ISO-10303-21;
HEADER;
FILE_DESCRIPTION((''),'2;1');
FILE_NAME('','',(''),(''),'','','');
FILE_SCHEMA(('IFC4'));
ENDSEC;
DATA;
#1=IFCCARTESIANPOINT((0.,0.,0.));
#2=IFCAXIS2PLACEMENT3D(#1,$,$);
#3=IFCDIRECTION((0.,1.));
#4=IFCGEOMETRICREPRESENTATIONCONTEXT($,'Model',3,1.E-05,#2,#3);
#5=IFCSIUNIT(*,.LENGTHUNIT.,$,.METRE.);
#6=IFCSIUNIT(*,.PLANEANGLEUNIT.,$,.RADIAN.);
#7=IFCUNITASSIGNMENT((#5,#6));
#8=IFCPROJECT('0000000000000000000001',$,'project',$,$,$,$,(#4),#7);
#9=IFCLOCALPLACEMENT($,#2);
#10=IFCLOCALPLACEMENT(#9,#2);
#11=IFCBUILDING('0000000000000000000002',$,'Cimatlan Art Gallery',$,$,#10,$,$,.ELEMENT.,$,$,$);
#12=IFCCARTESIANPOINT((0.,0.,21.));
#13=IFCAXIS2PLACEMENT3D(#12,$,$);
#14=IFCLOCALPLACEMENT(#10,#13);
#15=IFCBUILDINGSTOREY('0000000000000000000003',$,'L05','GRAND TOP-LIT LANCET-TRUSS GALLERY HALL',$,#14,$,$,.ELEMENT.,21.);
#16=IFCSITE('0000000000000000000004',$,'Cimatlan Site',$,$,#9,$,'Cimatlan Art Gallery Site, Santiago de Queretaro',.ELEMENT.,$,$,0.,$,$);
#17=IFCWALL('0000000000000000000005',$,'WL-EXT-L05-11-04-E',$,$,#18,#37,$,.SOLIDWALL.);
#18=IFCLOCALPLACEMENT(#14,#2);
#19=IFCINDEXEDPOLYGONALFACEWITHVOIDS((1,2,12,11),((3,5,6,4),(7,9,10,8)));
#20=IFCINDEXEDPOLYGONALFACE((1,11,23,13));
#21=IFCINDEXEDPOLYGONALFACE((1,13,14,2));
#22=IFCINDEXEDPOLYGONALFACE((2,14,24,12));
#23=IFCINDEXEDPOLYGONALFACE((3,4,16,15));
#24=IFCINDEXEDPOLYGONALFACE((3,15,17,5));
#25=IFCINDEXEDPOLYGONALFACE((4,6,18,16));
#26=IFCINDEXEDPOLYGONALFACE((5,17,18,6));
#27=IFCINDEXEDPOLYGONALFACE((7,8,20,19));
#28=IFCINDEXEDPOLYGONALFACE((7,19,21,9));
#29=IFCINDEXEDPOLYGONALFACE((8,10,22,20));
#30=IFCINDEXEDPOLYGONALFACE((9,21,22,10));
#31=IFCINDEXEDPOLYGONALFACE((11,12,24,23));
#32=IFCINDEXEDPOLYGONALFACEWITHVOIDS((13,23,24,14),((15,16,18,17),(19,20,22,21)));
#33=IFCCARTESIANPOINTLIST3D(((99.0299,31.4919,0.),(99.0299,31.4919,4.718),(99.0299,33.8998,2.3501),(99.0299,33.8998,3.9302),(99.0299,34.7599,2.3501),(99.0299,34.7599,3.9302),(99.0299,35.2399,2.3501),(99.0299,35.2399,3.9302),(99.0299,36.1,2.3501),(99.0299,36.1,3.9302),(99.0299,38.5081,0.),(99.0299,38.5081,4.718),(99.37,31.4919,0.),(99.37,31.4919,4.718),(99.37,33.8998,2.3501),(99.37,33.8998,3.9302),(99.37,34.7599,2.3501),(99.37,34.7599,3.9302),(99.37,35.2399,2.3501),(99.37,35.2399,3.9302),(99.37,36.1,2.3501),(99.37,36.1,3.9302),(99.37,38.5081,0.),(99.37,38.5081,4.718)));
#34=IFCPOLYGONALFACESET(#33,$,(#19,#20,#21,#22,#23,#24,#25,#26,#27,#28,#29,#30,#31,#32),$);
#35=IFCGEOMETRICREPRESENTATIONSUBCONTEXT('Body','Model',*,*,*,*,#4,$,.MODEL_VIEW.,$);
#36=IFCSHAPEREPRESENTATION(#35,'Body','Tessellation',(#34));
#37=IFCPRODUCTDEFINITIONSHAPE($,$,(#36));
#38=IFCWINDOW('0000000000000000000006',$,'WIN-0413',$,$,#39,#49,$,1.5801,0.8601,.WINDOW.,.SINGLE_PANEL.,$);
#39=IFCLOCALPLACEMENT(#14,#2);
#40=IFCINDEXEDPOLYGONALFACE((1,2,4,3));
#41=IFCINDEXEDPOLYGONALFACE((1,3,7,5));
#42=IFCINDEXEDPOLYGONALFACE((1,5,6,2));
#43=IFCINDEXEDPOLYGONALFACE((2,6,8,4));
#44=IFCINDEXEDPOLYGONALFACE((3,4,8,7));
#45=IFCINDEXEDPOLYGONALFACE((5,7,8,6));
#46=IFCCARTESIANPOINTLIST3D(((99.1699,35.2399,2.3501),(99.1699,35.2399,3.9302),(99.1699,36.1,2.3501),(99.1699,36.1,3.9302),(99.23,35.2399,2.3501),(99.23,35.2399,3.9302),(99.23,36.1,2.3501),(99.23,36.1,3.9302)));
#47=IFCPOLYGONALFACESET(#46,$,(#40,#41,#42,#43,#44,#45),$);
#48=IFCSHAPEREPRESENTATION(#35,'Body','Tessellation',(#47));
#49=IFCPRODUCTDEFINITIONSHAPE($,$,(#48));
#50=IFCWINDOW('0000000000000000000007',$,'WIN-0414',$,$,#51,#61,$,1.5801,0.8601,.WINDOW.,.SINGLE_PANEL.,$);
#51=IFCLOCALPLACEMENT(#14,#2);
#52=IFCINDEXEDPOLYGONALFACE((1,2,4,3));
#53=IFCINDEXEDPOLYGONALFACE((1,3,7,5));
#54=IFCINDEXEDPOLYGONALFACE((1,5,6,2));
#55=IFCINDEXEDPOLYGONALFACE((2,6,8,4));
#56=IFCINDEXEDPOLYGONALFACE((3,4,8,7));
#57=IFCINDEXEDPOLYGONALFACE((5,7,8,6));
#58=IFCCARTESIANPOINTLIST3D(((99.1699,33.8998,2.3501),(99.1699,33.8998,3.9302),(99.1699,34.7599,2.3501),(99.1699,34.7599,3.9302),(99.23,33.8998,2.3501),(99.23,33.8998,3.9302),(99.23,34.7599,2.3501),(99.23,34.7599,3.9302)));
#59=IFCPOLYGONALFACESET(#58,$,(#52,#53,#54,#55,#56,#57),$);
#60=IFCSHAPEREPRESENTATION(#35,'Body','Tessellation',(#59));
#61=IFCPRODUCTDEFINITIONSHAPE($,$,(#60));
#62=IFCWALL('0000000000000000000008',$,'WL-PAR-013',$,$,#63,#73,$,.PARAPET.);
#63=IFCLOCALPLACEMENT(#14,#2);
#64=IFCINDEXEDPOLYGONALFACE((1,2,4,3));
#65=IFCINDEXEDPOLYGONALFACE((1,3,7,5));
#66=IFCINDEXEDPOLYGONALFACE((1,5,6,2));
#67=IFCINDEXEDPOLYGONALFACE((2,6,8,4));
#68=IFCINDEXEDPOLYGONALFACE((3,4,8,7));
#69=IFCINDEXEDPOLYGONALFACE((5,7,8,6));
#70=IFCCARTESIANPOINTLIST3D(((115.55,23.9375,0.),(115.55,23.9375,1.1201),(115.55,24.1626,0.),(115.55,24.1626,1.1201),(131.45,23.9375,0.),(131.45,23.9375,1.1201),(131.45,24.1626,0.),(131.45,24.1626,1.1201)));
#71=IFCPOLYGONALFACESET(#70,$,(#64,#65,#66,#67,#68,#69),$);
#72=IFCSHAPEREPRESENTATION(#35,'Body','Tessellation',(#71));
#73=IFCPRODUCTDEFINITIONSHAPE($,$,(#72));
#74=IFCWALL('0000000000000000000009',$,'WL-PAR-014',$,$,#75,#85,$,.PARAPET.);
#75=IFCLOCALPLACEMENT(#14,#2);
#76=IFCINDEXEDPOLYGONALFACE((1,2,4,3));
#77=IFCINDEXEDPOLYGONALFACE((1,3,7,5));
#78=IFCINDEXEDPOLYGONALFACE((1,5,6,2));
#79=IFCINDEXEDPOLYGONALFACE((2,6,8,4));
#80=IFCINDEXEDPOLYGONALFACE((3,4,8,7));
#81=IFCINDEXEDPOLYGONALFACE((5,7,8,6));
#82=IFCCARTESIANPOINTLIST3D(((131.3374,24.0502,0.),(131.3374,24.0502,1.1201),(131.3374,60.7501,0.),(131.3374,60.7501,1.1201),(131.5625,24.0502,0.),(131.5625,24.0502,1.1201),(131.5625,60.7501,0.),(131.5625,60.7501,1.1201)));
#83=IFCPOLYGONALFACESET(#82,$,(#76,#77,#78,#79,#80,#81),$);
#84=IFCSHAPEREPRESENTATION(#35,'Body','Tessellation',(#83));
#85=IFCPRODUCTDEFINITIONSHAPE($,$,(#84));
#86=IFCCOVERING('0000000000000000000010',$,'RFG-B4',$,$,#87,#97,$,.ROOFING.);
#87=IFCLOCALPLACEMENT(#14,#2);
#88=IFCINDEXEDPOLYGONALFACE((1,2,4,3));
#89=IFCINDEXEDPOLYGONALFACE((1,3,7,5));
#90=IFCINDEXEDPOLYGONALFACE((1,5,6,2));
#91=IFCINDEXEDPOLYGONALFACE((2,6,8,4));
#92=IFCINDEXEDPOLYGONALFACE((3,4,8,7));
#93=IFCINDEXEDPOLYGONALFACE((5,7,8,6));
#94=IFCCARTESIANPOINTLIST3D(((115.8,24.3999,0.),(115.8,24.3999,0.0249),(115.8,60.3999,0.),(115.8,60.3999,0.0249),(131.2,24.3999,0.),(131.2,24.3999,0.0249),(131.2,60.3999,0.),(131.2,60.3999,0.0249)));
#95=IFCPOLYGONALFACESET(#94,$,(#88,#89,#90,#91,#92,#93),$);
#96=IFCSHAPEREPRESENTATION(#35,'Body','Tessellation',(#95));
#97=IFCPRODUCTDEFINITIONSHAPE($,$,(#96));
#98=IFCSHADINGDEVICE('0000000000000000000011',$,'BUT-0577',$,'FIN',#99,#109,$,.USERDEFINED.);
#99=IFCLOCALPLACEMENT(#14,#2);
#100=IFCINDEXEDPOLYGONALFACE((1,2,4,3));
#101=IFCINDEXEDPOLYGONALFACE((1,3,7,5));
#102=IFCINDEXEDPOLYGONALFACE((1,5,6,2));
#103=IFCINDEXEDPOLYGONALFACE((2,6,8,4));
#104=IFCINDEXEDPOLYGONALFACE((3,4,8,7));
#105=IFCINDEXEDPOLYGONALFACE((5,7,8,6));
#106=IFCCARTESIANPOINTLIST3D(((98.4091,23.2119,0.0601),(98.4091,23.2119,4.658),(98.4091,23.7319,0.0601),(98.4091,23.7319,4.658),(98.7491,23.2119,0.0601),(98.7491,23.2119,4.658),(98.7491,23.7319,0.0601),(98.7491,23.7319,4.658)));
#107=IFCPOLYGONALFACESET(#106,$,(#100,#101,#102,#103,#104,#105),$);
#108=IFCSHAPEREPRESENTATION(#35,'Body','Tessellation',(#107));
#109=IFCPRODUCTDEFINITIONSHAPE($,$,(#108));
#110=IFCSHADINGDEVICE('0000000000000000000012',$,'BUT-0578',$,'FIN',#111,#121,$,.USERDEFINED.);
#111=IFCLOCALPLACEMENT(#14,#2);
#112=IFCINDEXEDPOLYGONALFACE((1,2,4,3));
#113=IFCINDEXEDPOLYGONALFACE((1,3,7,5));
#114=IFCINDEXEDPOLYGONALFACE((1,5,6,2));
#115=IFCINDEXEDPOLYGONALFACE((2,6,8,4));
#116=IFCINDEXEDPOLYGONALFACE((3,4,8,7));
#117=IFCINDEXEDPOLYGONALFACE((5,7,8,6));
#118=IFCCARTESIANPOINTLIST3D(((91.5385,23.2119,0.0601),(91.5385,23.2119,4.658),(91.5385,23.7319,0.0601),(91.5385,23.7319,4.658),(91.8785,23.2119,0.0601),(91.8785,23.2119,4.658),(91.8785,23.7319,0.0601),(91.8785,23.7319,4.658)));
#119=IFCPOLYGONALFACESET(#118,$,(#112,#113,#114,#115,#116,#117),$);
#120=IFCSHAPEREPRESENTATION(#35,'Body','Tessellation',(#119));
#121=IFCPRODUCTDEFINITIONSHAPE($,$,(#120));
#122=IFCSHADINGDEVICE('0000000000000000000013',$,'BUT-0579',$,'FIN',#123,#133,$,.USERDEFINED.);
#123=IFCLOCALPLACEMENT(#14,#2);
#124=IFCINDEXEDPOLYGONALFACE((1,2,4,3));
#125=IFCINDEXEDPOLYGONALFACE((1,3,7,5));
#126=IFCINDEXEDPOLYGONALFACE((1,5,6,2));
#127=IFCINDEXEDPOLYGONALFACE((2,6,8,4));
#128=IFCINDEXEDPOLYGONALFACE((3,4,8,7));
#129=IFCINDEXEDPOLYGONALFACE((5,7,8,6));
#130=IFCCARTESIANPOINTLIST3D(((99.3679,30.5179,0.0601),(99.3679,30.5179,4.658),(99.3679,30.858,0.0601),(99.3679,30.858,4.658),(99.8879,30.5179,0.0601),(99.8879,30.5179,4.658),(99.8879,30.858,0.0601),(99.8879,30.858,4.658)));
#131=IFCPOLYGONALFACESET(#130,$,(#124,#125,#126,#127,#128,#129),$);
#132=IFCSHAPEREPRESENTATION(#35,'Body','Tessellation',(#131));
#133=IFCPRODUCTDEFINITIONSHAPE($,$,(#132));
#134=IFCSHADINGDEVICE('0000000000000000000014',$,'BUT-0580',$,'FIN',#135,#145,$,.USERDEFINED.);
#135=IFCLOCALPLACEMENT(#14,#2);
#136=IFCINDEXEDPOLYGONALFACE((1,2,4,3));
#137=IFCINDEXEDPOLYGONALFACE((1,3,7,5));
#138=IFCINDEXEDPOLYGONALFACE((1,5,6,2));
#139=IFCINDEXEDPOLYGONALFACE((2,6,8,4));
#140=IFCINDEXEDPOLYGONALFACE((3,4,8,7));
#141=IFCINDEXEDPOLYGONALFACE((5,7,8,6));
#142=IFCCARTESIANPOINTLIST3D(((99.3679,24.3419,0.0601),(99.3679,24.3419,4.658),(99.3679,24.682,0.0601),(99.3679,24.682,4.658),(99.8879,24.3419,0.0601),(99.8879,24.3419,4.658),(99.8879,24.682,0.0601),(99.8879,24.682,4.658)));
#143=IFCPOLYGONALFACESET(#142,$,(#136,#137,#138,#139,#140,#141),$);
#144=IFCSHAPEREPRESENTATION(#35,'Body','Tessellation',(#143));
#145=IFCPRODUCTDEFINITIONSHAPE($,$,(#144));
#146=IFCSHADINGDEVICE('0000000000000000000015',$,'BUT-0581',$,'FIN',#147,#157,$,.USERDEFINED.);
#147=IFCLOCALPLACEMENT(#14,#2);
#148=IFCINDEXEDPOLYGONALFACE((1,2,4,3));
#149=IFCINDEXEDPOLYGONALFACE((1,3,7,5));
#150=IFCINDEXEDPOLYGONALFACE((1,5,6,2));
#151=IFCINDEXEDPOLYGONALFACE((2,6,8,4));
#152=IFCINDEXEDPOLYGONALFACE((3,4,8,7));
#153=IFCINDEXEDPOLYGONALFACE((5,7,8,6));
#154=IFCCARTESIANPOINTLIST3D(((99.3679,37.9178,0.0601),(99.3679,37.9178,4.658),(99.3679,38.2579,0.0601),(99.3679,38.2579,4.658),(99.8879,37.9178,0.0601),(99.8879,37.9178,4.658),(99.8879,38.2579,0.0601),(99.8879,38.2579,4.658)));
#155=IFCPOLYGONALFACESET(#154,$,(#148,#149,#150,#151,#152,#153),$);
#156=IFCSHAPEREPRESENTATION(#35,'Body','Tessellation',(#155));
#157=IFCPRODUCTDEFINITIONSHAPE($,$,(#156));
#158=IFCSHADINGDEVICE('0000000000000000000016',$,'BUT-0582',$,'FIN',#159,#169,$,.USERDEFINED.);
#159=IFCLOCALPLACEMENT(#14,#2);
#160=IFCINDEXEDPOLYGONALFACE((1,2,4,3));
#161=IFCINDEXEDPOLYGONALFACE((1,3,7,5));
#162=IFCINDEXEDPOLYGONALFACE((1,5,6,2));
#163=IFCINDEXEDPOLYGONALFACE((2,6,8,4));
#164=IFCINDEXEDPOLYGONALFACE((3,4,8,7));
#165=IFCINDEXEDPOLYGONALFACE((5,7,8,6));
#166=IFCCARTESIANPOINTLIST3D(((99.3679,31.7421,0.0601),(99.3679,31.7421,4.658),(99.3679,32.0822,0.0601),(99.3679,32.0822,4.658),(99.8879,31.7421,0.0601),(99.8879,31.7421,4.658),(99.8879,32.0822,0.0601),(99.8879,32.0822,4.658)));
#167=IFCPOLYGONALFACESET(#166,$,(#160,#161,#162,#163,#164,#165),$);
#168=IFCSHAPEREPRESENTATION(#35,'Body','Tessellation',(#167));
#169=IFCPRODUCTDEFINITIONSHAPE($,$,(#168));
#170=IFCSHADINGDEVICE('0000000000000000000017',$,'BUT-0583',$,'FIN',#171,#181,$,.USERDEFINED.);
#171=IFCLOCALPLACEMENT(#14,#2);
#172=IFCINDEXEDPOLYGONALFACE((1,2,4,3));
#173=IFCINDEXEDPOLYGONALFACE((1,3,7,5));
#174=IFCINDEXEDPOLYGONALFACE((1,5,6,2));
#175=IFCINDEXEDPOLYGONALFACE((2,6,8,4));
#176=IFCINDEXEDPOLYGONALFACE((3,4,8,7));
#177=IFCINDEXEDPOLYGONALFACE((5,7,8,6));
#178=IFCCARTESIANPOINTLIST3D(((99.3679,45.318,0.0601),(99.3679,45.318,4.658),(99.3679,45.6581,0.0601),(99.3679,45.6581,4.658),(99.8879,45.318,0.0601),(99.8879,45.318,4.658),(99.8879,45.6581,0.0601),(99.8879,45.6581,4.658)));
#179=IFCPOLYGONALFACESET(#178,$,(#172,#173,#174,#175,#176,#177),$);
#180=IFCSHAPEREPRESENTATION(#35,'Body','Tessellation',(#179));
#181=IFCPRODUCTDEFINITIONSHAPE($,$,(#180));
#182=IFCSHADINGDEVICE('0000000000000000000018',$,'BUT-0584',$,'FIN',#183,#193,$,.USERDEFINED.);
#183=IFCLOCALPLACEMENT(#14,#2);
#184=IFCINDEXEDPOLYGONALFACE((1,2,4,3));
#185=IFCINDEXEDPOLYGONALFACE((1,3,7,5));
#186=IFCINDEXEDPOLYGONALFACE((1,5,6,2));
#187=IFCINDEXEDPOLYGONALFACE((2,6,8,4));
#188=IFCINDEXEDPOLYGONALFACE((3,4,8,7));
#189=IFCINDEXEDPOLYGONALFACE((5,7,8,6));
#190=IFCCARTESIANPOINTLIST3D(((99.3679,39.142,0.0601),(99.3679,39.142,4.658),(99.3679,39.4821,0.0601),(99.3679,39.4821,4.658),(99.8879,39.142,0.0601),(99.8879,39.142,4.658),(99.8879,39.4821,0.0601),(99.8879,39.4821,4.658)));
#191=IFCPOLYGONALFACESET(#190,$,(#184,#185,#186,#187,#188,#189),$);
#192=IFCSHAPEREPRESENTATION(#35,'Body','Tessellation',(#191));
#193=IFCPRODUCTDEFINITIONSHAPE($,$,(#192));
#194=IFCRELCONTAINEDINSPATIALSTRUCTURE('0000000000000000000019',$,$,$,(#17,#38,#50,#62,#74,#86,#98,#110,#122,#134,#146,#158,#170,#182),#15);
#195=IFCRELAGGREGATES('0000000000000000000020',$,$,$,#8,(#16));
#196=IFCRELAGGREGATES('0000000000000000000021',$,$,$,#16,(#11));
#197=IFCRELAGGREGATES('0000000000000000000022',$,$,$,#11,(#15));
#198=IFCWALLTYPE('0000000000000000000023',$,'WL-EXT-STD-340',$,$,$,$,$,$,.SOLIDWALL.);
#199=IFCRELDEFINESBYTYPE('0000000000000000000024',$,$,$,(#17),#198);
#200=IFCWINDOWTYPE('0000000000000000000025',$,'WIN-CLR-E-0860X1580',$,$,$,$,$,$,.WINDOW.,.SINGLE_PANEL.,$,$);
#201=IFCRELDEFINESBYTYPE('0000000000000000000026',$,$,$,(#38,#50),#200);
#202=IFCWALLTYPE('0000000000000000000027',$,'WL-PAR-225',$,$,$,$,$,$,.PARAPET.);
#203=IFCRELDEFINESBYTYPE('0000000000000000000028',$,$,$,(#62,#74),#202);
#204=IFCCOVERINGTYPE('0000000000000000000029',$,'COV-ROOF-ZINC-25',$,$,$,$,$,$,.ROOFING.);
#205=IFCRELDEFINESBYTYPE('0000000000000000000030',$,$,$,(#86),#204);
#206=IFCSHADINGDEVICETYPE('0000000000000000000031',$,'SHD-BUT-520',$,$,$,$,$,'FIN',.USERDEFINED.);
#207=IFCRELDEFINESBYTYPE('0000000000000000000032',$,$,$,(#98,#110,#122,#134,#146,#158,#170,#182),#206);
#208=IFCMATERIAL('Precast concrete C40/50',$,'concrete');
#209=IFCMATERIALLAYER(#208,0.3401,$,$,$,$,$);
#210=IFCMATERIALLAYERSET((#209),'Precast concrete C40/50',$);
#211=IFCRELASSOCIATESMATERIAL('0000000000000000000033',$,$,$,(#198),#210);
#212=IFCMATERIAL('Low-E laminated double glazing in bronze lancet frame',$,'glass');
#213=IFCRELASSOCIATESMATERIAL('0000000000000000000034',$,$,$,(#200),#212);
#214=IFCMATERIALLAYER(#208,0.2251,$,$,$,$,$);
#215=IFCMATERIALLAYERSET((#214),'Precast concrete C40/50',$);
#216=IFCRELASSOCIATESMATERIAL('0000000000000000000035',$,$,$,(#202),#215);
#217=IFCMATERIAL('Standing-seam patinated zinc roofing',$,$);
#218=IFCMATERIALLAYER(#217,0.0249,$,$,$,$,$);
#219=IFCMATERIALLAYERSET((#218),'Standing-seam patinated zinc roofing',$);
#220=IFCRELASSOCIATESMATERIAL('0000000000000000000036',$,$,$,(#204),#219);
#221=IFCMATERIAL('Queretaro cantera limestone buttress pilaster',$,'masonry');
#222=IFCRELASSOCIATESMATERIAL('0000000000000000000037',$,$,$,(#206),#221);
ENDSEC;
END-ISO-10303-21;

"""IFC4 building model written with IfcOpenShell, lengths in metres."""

from ifc_helpers import new_model, si_unit, direction, frame, frame_2d, origin, origin_2d, place, context, subcontext, project, spatial, rectangle, extrude, material, layer, layer_set, type_object, element, fill, save


model = new_model("IFC4")

# Units and contexts
model_context = context("Model", 3, precision=1e-05, world=origin(), true_north=direction((0.0, 1.0)))
body_context = subcontext(model_context, "Body", "Model", "MODEL_VIEW")
ifc_project = project(units=[si_unit("LENGTHUNIT", "METRE"), si_unit("PLANEANGLEUNIT", "RADIAN")], contexts=[model_context])

# Site, building, storey
site_placement = place(None, origin())
site = spatial("IfcSite", under=ifc_project, at=site_placement, Name="Cimatlan Site", LongName="Cimatlan Art Gallery Site, Santiago de Queretaro", CompositionType="ELEMENT", RefElevation=0.0)
building_placement = place(site_placement, origin())
building = spatial("IfcBuilding", under=site, at=building_placement, Name="Cimatlan Art Gallery", CompositionType="ELEMENT")
storey_placement = place(building_placement, frame((0.0, 0.0, 21.0)))
storey = spatial("IfcBuildingStorey", under=building, at=storey_placement, Name="L05", Description="GRAND TOP-LIT LANCET-TRUSS GALLERY HALL", CompositionType="ELEMENT", Elevation=21.0)

# Shared definitions
ifc_material_1 = material(Name="Precast concrete C40/50", Category="concrete")

# Shared definitions
ifc_material_2 = material(Name="Low-E laminated double glazing in bronze lancet frame", Category="glass")
ifc_layer_1 = layer(ifc_material_1, 0.3401)
ifc_layer_set_1 = layer_set([ifc_layer_1], Name="Precast concrete C40/50")
wall_type_1 = type_object("IfcWallType", Name="WL-EXT-STD-340", PredefinedType="SOLIDWALL", material=ifc_layer_set_1)

# Wall, openings, windows
wall_1_placement = place(storey_placement, frame((99.2, 38.5081, 0.0), z_axis=(0.0, 0.0, 1.0), x_axis=(0.0, -1.0, 0.0)))
wall_1 = element("IfcWall", 1, at=wall_1_placement, inside=storey, type_object=wall_type_1, Name="WL-EXT-L05-11-04-E", PredefinedType="SOLIDWALL", context=body_context, shape_type="SweptSolid", body=[
    extrude(rectangle(XDim=7.0161, YDim=0.3401, at=frame_2d((3.5081, 0.0))), origin(), (0.0, 0.0, 1.0), 4.718),
])
opening_1_placement = place(wall_1_placement, frame((2.408, 0.0, 2.3501)))
opening_1 = element("IfcOpeningElement", 2, at=opening_1_placement, cuts=wall_1, PredefinedType="OPENING", context=body_context, shape_type="SweptSolid", body=[
    extrude(rectangle(XDim=0.8601, YDim=1.5801, at=frame_2d((0.4302, 0.79))), frame((0.0, 0.1802, 0.0), z_axis=(0.0, -1.0, 0.0), x_axis=(1.0, 0.0, 0.0)), (0.0, 0.0, 1.0), 0.3601),
])
opening_2_placement = place(wall_1_placement, frame((3.748, 0.0, 2.3501)))
opening_2 = element("IfcOpeningElement", 3, at=opening_2_placement, cuts=wall_1, PredefinedType="OPENING", context=body_context, shape_type="SweptSolid", body=[
    extrude(rectangle(XDim=0.8601, YDim=1.5801, at=frame_2d((0.4302, 0.79))), frame((0.0, 0.1802, 0.0), z_axis=(0.0, -1.0, 0.0), x_axis=(1.0, 0.0, 0.0)), (0.0, 0.0, 1.0), 0.3601),
])
window_type_1 = type_object("IfcWindowType", Name="WIN-CLR-E-0860X1580", PartitioningType="SINGLE_PANEL", PredefinedType="WINDOW", material=ifc_material_2)
window_1_placement = place(opening_1_placement, origin())
window_1 = element("IfcWindow", 4, at=window_1_placement, inside=storey, type_object=window_type_1, Name="WIN-0413", OverallHeight=1.5801, OverallWidth=0.8601, PartitioningType="SINGLE_PANEL", PredefinedType="WINDOW", context=body_context, shape_type="SweptSolid", body=[
    extrude(rectangle(XDim=0.8601, YDim=1.5801, at=frame_2d((0.4302, 0.79))), frame((0.0, 0.03, 0.0), z_axis=(0.0, -1.0, 0.0), x_axis=(1.0, 0.0, 0.0)), (0.0, 0.0, 1.0), 0.0601),
])
fill(opening_1, window_1)
window_2_placement = place(opening_2_placement, origin())
window_2 = element("IfcWindow", 5, at=window_2_placement, inside=storey, type_object=window_type_1, Name="WIN-0414", OverallHeight=1.5801, OverallWidth=0.8601, PartitioningType="SINGLE_PANEL", PredefinedType="WINDOW", context=body_context, shape_type="SweptSolid", body=[
    extrude(rectangle(XDim=0.8601, YDim=1.5801, at=frame_2d((0.4302, 0.79))), frame((0.0, 0.03, 0.0), z_axis=(0.0, -1.0, 0.0), x_axis=(1.0, 0.0, 0.0)), (0.0, 0.0, 1.0), 0.0601),
])
fill(opening_2, window_2)

# Walls
ifc_layer_2 = layer(ifc_material_1, 0.2251)
ifc_layer_set_2 = layer_set([ifc_layer_2], Name="Precast concrete C40/50")
wall_type_2 = type_object("IfcWallType", Name="WL-PAR-225", PredefinedType="PARAPET", material=ifc_layer_set_2)
wall_2_placement = place(storey_placement, frame((115.55, 24.05, 0.0), z_axis=(0.0, 0.0, 1.0), x_axis=(1.0, 0.0, 0.0)))
element("IfcWall", 6, at=wall_2_placement, inside=storey, type_object=wall_type_2, Name="WL-PAR-013", PredefinedType="PARAPET", context=body_context, shape_type="SweptSolid", body=[
    extrude(rectangle(XDim=15.8999, YDim=0.2251, at=frame_2d((7.95, 0.0))), origin(), (0.0, 0.0, 1.0), 1.1201),
])
wall_3_placement = place(storey_placement, frame((131.45, 24.05, 0.0), z_axis=(0.0, 0.0, 1.0), x_axis=(0.0, 1.0, 0.0)))
element("IfcWall", 7, at=wall_3_placement, inside=storey, type_object=wall_type_2, Name="WL-PAR-014", PredefinedType="PARAPET", context=body_context, shape_type="SweptSolid", body=[
    extrude(rectangle(XDim=36.7, YDim=0.2251, at=frame_2d((18.3501, 0.0))), origin(), (0.0, 0.0, 1.0), 1.1201),
])

# Covering
ifc_material_3 = material(Name="Standing-seam patinated zinc roofing")
ifc_layer_3 = layer(ifc_material_3, 0.0249)
ifc_layer_set_3 = layer_set([ifc_layer_3], Name="Standing-seam patinated zinc roofing")
covering_type = type_object("IfcCoveringType", Name="COV-ROOF-ZINC-25", PredefinedType="ROOFING", material=ifc_layer_set_3)
covering_placement = place(storey_placement, frame((123.5, 42.3999, 0.0), z_axis=(0.0, 0.0, 1.0), x_axis=(1.0, 0.0, 0.0)))
element("IfcCovering", 8, at=covering_placement, inside=storey, type_object=covering_type, Name="RFG-B4", PredefinedType="ROOFING", context=body_context, shape_type="SweptSolid", body=[
    extrude(rectangle(XDim=15.3999, YDim=36.0, at=origin_2d()), origin(), (0.0, 0.0, 1.0), 0.0249),
])

# Shading devices
ifc_material_4 = material(Name="Queretaro cantera limestone buttress pilaster", Category="masonry")
shading_device_type = type_object("IfcShadingDeviceType", Name="SHD-BUT-520", ElementType="FIN", PredefinedType="USERDEFINED", material=ifc_material_4)
for number, where, z_axis, x_axis, name in (
    (9, (98.5791, 23.4719, 0.0601), (0.0, 0.0, 1.0), (-1.0, 0.0, 0.0), "BUT-0577"),
    (10, (91.7085, 23.4719, 0.0601), (0.0, 0.0, 1.0), (-1.0, 0.0, 0.0), "BUT-0578"),
    (11, (99.6279, 30.688, 0.0601), (0.0, 0.0, 1.0), (0.0, -1.0, 0.0), "BUT-0579"),
    (12, (99.6279, 24.512, 0.0601), (0.0, 0.0, 1.0), (0.0, -1.0, 0.0), "BUT-0580"),
    (13, (99.6279, 38.0879, 0.0601), (0.0, 0.0, 1.0), (0.0, -1.0, 0.0), "BUT-0581"),
    (14, (99.6279, 31.9121, 0.0601), (0.0, 0.0, 1.0), (0.0, -1.0, 0.0), "BUT-0582"),
    (15, (99.6279, 45.488, 0.0601), (0.0, 0.0, 1.0), (0.0, -1.0, 0.0), "BUT-0583"),
    (16, (99.6279, 39.312, 0.0601), (0.0, 0.0, 1.0), (0.0, -1.0, 0.0), "BUT-0584"),
):
    element("IfcShadingDevice", number, at=place(storey_placement, frame(where, z_axis=z_axis, x_axis=x_axis)), inside=storey, type_object=shading_device_type, Name=name, ObjectType="FIN", PredefinedType="USERDEFINED", context=body_context, shape_type="SweptSolid", body=[
        extrude(rectangle(XDim=0.3401, YDim=0.52, at=origin_2d()), origin(), (0.0, 0.0, 1.0), 4.5979),
    ])

save(model, "model.ifc")
